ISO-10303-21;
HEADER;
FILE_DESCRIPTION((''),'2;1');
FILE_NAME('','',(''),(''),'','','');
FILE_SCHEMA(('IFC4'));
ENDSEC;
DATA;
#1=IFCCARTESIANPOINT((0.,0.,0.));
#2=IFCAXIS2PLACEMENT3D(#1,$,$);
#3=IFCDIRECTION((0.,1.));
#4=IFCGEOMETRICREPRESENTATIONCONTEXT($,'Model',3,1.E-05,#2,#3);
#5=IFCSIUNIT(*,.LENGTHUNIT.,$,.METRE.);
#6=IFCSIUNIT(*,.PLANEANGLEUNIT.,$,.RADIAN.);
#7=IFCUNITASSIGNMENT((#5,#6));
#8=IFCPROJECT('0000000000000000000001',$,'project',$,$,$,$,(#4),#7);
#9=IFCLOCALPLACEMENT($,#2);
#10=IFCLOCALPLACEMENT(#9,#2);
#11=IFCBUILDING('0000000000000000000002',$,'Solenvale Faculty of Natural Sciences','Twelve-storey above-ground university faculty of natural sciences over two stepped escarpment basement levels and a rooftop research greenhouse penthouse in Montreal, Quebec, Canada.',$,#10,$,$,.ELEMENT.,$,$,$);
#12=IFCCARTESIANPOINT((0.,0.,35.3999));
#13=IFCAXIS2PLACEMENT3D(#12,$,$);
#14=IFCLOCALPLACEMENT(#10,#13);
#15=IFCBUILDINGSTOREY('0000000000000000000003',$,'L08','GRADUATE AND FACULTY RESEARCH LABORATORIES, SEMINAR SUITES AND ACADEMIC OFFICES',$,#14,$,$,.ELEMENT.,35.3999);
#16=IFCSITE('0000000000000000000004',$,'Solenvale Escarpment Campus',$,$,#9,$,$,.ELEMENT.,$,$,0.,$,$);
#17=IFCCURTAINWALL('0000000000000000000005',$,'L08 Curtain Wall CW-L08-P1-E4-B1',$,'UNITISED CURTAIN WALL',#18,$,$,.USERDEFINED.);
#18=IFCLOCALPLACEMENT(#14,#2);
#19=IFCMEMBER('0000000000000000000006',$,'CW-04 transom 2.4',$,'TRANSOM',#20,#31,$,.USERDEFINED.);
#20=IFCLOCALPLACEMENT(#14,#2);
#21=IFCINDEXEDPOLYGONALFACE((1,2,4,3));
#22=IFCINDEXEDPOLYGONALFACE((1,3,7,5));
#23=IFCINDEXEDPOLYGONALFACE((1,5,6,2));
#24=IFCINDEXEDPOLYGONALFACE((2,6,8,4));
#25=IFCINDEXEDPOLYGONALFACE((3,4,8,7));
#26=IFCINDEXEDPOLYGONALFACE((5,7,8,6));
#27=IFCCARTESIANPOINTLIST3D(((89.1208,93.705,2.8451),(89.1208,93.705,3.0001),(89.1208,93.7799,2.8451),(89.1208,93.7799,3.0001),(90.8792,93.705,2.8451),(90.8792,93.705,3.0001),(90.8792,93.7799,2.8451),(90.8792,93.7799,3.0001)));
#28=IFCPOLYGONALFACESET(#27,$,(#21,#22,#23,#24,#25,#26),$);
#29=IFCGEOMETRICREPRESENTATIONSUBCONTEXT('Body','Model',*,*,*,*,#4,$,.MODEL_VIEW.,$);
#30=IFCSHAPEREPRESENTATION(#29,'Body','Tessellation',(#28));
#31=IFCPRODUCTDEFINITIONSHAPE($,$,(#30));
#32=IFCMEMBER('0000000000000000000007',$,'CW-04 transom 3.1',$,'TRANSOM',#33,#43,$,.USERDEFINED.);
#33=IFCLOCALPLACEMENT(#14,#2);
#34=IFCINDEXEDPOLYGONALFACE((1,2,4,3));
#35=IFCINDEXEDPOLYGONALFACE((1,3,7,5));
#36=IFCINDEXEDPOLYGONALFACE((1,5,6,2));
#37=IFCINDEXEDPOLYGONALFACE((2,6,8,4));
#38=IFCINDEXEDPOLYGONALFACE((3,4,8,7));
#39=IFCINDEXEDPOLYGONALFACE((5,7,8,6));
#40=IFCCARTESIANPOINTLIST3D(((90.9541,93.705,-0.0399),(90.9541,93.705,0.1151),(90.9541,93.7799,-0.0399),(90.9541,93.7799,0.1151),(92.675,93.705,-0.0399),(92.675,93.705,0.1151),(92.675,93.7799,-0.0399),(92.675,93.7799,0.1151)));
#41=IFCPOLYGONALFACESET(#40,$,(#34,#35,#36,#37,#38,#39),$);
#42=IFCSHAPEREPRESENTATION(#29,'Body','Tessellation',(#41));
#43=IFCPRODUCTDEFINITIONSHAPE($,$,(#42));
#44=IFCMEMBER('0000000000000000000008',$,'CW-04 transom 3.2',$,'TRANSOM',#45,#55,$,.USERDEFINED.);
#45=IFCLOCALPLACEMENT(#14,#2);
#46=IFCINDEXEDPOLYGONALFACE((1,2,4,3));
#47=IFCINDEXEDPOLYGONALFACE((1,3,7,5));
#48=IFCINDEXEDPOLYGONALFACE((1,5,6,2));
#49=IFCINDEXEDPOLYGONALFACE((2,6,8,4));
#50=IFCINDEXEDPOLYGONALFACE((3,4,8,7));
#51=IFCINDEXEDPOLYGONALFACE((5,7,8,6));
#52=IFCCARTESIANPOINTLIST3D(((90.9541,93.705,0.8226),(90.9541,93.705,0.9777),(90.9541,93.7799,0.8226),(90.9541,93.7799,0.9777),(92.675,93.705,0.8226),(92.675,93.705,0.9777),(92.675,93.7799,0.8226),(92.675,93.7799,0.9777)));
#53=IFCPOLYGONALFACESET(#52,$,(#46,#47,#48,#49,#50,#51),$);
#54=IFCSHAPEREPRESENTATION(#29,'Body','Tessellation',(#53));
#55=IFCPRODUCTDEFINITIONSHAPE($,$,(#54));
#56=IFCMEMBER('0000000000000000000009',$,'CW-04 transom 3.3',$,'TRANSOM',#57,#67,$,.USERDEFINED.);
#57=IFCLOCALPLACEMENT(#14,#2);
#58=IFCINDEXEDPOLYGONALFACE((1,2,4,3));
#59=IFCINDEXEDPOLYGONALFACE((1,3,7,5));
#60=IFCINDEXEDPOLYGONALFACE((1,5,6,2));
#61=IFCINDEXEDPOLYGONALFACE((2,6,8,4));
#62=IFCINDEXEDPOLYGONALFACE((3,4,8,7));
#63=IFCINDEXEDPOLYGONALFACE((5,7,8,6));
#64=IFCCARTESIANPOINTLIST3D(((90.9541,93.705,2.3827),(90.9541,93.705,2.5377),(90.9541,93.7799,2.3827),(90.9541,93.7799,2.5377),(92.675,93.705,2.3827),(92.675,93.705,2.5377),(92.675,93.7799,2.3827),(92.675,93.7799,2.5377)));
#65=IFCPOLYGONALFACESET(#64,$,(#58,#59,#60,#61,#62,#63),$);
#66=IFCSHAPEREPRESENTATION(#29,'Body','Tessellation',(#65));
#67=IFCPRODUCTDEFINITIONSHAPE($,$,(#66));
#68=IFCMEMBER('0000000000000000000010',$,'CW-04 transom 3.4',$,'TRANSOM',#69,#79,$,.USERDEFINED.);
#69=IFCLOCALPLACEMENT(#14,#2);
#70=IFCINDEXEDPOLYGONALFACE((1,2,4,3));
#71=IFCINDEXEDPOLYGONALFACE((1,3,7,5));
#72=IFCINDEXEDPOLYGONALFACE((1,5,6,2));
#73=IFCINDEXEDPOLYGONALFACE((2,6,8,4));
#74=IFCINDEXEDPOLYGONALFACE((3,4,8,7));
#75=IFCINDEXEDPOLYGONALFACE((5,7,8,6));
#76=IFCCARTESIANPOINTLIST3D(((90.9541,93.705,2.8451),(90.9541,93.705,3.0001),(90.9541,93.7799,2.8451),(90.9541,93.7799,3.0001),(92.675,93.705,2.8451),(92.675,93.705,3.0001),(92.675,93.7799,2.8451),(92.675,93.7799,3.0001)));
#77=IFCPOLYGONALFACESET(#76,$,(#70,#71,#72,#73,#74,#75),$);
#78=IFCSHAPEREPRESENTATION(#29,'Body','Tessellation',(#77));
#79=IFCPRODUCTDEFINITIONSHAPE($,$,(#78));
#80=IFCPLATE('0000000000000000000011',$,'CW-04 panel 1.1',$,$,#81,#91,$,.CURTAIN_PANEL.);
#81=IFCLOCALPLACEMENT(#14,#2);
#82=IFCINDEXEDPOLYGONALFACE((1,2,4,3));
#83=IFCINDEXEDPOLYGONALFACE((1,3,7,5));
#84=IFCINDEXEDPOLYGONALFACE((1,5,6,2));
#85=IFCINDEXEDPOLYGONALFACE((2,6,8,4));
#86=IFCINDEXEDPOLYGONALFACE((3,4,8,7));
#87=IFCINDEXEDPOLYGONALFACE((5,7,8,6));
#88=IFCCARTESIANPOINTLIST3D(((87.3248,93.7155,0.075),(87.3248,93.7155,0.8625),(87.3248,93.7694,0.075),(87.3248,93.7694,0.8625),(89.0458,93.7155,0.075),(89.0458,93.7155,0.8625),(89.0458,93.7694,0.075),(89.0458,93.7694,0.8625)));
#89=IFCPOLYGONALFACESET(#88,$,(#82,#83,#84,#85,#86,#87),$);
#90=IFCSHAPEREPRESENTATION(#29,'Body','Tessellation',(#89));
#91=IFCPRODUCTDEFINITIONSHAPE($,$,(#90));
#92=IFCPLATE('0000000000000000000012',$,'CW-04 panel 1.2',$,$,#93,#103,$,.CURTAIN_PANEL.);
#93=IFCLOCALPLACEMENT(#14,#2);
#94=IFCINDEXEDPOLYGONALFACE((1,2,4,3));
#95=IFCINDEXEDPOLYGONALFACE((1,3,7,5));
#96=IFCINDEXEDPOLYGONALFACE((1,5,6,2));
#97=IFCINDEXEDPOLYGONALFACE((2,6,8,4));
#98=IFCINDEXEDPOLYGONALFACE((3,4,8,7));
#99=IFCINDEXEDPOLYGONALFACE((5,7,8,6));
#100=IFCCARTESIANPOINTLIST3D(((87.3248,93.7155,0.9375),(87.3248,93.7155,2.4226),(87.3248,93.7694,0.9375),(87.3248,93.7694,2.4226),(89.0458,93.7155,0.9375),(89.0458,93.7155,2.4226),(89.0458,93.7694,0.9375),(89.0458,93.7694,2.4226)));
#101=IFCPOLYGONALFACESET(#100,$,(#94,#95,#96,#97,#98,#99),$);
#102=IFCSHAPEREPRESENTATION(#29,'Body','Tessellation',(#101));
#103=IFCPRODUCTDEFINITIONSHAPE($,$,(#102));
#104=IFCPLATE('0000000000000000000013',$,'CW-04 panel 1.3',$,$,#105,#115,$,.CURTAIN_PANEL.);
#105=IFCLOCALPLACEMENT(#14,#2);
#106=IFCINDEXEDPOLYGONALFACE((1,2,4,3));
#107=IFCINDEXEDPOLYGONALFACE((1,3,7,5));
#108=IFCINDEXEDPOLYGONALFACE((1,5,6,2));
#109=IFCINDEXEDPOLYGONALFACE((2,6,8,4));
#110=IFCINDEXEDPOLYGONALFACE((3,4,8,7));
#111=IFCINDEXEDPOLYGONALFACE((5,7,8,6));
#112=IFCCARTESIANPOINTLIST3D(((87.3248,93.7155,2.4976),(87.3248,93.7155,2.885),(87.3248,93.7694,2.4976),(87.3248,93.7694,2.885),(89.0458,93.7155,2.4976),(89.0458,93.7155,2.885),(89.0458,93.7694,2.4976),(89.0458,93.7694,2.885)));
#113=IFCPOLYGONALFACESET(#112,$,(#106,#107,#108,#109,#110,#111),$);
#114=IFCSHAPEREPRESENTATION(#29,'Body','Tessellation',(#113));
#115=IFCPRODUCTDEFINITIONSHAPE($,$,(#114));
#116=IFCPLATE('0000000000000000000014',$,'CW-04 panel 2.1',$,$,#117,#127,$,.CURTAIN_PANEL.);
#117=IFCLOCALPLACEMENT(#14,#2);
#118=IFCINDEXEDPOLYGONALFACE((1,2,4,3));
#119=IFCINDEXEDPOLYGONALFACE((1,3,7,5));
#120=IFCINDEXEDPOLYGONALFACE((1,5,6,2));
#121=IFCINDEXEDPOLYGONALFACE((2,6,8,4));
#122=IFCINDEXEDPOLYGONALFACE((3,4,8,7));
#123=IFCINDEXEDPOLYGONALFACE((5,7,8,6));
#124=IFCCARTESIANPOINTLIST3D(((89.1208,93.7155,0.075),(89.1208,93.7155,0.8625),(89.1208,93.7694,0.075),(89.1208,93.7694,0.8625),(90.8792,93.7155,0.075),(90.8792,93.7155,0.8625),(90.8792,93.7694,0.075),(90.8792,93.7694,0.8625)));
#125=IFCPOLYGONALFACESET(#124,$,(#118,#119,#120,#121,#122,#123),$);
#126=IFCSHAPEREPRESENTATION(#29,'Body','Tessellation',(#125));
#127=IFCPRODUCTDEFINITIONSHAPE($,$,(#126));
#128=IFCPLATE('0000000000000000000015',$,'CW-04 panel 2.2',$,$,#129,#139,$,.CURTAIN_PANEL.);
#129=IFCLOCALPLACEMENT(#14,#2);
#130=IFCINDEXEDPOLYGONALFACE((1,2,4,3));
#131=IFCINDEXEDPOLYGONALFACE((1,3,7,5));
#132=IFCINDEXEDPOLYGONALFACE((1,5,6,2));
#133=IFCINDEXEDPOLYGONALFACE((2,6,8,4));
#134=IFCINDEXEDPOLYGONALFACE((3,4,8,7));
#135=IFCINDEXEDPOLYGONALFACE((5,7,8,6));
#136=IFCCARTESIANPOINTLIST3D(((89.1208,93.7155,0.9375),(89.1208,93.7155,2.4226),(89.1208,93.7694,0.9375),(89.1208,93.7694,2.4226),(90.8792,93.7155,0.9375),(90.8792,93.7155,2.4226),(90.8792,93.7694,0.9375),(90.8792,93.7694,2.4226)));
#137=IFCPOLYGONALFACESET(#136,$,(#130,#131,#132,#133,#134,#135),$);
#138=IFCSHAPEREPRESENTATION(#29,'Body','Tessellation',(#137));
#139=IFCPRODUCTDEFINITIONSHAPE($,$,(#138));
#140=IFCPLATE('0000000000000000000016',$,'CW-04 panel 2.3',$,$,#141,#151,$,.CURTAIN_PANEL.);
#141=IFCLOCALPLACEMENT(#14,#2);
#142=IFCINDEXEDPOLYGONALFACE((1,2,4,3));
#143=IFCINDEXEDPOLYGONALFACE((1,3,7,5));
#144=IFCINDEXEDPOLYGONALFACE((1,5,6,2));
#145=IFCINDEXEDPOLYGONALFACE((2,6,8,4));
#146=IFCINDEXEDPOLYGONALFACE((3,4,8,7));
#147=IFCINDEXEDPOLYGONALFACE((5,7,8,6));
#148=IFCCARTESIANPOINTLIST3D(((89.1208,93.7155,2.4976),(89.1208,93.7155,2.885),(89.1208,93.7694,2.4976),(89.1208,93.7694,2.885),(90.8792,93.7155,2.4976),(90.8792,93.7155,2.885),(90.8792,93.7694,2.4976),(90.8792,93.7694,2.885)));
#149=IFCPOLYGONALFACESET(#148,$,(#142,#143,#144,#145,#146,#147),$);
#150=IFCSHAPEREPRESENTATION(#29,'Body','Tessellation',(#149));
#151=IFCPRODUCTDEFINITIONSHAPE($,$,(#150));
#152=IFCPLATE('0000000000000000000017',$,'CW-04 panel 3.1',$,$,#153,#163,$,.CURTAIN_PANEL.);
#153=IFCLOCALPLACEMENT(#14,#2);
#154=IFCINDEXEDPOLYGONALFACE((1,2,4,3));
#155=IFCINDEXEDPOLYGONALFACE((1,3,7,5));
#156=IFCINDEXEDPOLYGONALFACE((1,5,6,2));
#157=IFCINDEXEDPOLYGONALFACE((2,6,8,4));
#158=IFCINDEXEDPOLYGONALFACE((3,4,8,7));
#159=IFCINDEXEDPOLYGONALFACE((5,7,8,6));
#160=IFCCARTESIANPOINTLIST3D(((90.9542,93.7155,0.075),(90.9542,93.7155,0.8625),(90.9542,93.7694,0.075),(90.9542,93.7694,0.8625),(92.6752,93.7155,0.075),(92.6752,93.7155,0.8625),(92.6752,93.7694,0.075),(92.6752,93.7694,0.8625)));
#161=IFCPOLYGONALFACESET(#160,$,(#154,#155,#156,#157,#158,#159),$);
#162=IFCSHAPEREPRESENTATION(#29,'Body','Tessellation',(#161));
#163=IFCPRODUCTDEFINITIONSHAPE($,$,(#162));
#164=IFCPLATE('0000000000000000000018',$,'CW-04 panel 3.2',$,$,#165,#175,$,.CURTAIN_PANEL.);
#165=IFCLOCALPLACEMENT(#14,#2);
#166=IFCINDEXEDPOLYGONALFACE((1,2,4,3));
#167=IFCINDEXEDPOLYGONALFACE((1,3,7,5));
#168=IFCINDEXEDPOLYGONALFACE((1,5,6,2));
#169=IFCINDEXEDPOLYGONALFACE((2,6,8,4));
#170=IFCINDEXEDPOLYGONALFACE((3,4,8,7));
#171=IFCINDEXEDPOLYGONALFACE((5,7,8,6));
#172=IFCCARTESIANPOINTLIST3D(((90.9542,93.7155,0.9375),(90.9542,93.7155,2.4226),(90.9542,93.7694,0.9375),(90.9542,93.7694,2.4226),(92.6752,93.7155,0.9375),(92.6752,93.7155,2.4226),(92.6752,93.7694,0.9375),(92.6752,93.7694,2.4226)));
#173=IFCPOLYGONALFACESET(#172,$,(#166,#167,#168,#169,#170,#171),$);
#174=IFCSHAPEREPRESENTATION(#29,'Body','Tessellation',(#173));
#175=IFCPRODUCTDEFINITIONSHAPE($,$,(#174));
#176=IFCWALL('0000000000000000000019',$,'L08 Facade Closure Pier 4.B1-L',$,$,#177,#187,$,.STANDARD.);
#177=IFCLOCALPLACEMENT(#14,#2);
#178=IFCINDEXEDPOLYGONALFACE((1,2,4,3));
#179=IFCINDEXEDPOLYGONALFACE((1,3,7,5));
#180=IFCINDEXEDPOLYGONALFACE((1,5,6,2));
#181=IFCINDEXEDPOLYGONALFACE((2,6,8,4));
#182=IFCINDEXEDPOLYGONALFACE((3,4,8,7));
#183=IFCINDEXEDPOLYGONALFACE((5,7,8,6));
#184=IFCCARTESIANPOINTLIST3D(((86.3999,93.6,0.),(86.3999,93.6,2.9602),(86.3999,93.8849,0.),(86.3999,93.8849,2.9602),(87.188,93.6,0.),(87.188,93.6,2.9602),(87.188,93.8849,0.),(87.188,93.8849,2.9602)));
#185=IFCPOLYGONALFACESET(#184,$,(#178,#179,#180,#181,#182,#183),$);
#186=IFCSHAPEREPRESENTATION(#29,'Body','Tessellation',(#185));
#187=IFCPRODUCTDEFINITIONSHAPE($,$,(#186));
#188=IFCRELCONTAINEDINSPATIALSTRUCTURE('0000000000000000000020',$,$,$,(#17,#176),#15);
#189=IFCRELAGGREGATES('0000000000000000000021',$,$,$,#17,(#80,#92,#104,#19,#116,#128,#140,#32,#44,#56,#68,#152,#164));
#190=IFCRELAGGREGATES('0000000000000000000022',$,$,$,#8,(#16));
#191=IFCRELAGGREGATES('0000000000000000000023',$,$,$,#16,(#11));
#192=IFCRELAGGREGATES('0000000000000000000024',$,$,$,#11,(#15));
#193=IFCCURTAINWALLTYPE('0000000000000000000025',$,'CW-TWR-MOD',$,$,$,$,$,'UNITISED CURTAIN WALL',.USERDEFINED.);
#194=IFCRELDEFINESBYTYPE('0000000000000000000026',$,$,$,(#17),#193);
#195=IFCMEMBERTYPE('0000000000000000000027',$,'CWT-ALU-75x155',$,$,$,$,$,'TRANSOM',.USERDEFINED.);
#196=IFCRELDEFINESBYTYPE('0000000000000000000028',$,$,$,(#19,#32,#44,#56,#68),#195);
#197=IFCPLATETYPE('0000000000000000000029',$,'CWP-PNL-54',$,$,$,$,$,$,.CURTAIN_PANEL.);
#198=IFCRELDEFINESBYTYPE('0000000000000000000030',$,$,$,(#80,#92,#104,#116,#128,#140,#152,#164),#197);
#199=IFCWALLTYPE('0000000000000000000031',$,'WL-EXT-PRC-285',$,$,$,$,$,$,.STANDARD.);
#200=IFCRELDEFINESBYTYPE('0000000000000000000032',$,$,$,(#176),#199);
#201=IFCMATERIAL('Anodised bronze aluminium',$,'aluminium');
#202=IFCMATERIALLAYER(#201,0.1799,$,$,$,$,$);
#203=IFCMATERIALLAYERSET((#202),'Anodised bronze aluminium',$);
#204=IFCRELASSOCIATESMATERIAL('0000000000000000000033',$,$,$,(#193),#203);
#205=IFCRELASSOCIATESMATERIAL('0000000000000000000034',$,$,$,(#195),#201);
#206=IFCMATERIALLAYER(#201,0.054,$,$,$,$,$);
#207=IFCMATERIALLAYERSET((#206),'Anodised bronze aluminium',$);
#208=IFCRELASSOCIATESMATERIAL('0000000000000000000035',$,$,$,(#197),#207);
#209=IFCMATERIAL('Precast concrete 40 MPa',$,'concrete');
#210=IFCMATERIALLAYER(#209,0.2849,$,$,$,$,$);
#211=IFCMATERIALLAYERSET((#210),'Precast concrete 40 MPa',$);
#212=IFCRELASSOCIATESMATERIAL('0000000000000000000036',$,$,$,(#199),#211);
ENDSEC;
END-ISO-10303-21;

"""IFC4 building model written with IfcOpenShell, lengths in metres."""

from ifc_helpers import new_model, si_unit, direction, frame, frame_2d, origin, origin_2d, place, context, subcontext, project, spatial, rectangle, extrude, material, layer, layer_set, material_profile, profile_set, type_object, element, aggregate, save


model = new_model("IFC4")

# Units and contexts
model_context = context("Model", 3, precision=1e-05, world=origin(), true_north=direction((0.0, 1.0)))
body_context = subcontext(model_context, "Body", "Model", "MODEL_VIEW")
ifc_project = project(units=[si_unit("LENGTHUNIT", "METRE"), si_unit("PLANEANGLEUNIT", "RADIAN")], contexts=[model_context])

# Site, building, storey
site_placement = place(None, origin())
site = spatial("IfcSite", under=ifc_project, at=site_placement, Name="Solenvale Escarpment Campus", CompositionType="ELEMENT", RefElevation=0.0)
building_placement = place(site_placement, origin())
building = spatial("IfcBuilding", under=site, at=building_placement, Name="Solenvale Faculty of Natural Sciences", Description="Twelve-storey above-ground university faculty of natural sciences over two stepped escarpment basement levels and a rooftop research greenhouse penthouse in Montreal, Quebec, Canada.", CompositionType="ELEMENT")
storey_placement = place(building_placement, frame((0.0, 0.0, 35.3999)))
storey = spatial("IfcBuildingStorey", under=building, at=storey_placement, Name="L08", Description="GRADUATE AND FACULTY RESEARCH LABORATORIES, SEMINAR SUITES AND ACADEMIC OFFICES", CompositionType="ELEMENT", Elevation=35.3999)

# Curtain wall, members, plates
ifc_material_1 = material(Name="Anodised bronze aluminium", Category="aluminium")
ifc_layer_1 = layer(ifc_material_1, 0.1799)
ifc_layer_set_1 = layer_set([ifc_layer_1], Name="Anodised bronze aluminium")
curtain_wall_type = type_object("IfcCurtainWallType", Name="CW-TWR-MOD", ElementType="UNITISED CURTAIN WALL", PredefinedType="USERDEFINED", material=ifc_layer_set_1)
curtain_wall_placement = place(storey_placement, origin())
curtain_wall = element("IfcCurtainWall", 1, at=curtain_wall_placement, inside=storey, type_object=curtain_wall_type, Name="L08 Curtain Wall CW-L08-P1-E4-B1", ObjectType="UNITISED CURTAIN WALL", PredefinedType="USERDEFINED")
ifc_material_profile_1 = material_profile(ifc_material_1, rectangle(XDim=0.075, YDim=0.155, at=origin_2d()), Name="ALU-TRN-75x155")
ifc_profile_set_1 = profile_set([ifc_material_profile_1], Name="Anodised bronze aluminium")
member_type_1 = type_object("IfcMemberType", Name="CWT-ALU-75x155", ElementType="TRANSOM", PredefinedType="USERDEFINED", material=ifc_profile_set_1)
member_1_placement = place(storey_placement, frame((89.1208, 93.7424, 2.9226), z_axis=(1.0, 0.0, 0.0), x_axis=(0.0, 1.0, 0.0)))
member_1 = element("IfcMember", 2, at=member_1_placement, type_object=member_type_1, Name="CW-04 transom 2.4", ObjectType="TRANSOM", PredefinedType="USERDEFINED", context=body_context, shape_type="SweptSolid", body=[
    extrude(rectangle(XDim=0.075, YDim=0.155, at=origin_2d()), origin(), (0.0, 0.0, 1.0), 1.7583),
])
member_2_placement = place(storey_placement, frame((90.9541, 93.7424, 0.0376), z_axis=(1.0, 0.0, 0.0), x_axis=(0.0, 1.0, 0.0)))
member_2 = element("IfcMember", 3, at=member_2_placement, type_object=member_type_1, Name="CW-04 transom 3.1", ObjectType="TRANSOM", PredefinedType="USERDEFINED", context=body_context, shape_type="SweptSolid", body=[
    extrude(rectangle(XDim=0.075, YDim=0.155, at=origin_2d()), origin(), (0.0, 0.0, 1.0), 1.7209),
])
member_3_placement = place(storey_placement, frame((90.9541, 93.7424, 0.9001), z_axis=(1.0, 0.0, 0.0), x_axis=(0.0, 1.0, 0.0)))
member_3 = element("IfcMember", 4, at=member_3_placement, type_object=member_type_1, Name="CW-04 transom 3.2", ObjectType="TRANSOM", PredefinedType="USERDEFINED", context=body_context, shape_type="SweptSolid", body=[
    extrude(rectangle(XDim=0.075, YDim=0.155, at=origin_2d()), origin(), (0.0, 0.0, 1.0), 1.7209),
])
member_4_placement = place(storey_placement, frame((90.9541, 93.7424, 2.4602), z_axis=(1.0, 0.0, 0.0), x_axis=(0.0, 1.0, 0.0)))
member_4 = element("IfcMember", 5, at=member_4_placement, type_object=member_type_1, Name="CW-04 transom 3.3", ObjectType="TRANSOM", PredefinedType="USERDEFINED", context=body_context, shape_type="SweptSolid", body=[
    extrude(rectangle(XDim=0.075, YDim=0.155, at=origin_2d()), origin(), (0.0, 0.0, 1.0), 1.7209),
])
member_5_placement = place(storey_placement, frame((90.9541, 93.7424, 2.9226), z_axis=(1.0, 0.0, 0.0), x_axis=(0.0, 1.0, 0.0)))
member_5 = element("IfcMember", 6, at=member_5_placement, type_object=member_type_1, Name="CW-04 transom 3.4", ObjectType="TRANSOM", PredefinedType="USERDEFINED", context=body_context, shape_type="SweptSolid", body=[
    extrude(rectangle(XDim=0.075, YDim=0.155, at=origin_2d()), origin(), (0.0, 0.0, 1.0), 1.7209),
])
ifc_layer_2 = layer(ifc_material_1, 0.054)
ifc_layer_set_2 = layer_set([ifc_layer_2], Name="Anodised bronze aluminium")
plate_type = type_object("IfcPlateType", Name="CWP-PNL-54", PredefinedType="CURTAIN_PANEL", material=ifc_layer_set_2)
plate_1_placement = place(storey_placement, frame((88.1853, 93.7424, 0.075), z_axis=(0.0, 0.0, 1.0), x_axis=(1.0, 0.0, 0.0)))
plate_1 = element("IfcPlate", 7, at=plate_1_placement, type_object=plate_type, Name="CW-04 panel 1.1", PredefinedType="CURTAIN_PANEL", context=body_context, shape_type="SweptSolid", body=[
    extrude(rectangle(XDim=1.7209, YDim=0.054, at=origin_2d()), origin(), (0.0, 0.0, 1.0), 0.7876),
])
plate_2_placement = place(storey_placement, frame((88.1853, 93.7424, 0.9375), z_axis=(0.0, 0.0, 1.0), x_axis=(1.0, 0.0, 0.0)))
plate_2 = element("IfcPlate", 8, at=plate_2_placement, type_object=plate_type, Name="CW-04 panel 1.2", PredefinedType="CURTAIN_PANEL", context=body_context, shape_type="SweptSolid", body=[
    extrude(rectangle(XDim=1.7209, YDim=0.054, at=origin_2d()), origin(), (0.0, 0.0, 1.0), 1.4851),
])
plate_3_placement = place(storey_placement, frame((88.1853, 93.7424, 2.4976), z_axis=(0.0, 0.0, 1.0), x_axis=(1.0, 0.0, 0.0)))
plate_3 = element("IfcPlate", 9, at=plate_3_placement, type_object=plate_type, Name="CW-04 panel 1.3", PredefinedType="CURTAIN_PANEL", context=body_context, shape_type="SweptSolid", body=[
    extrude(rectangle(XDim=1.7209, YDim=0.054, at=origin_2d()), origin(), (0.0, 0.0, 1.0), 0.3875),
])
plate_4_placement = place(storey_placement, frame((90.0, 93.7424, 0.075), z_axis=(0.0, 0.0, 1.0), x_axis=(1.0, 0.0, 0.0)))
plate_4 = element("IfcPlate", 10, at=plate_4_placement, type_object=plate_type, Name="CW-04 panel 2.1", PredefinedType="CURTAIN_PANEL", context=body_context, shape_type="SweptSolid", body=[
    extrude(rectangle(XDim=1.7583, YDim=0.054, at=origin_2d()), origin(), (0.0, 0.0, 1.0), 0.7876),
])
plate_5_placement = place(storey_placement, frame((90.0, 93.7424, 0.9375), z_axis=(0.0, 0.0, 1.0), x_axis=(1.0, 0.0, 0.0)))
plate_5 = element("IfcPlate", 11, at=plate_5_placement, type_object=plate_type, Name="CW-04 panel 2.2", PredefinedType="CURTAIN_PANEL", context=body_context, shape_type="SweptSolid", body=[
    extrude(rectangle(XDim=1.7583, YDim=0.054, at=origin_2d()), origin(), (0.0, 0.0, 1.0), 1.4851),
])
plate_6_placement = place(storey_placement, frame((90.0, 93.7424, 2.4976), z_axis=(0.0, 0.0, 1.0), x_axis=(1.0, 0.0, 0.0)))
plate_6 = element("IfcPlate", 12, at=plate_6_placement, type_object=plate_type, Name="CW-04 panel 2.3", PredefinedType="CURTAIN_PANEL", context=body_context, shape_type="SweptSolid", body=[
    extrude(rectangle(XDim=1.7583, YDim=0.054, at=origin_2d()), origin(), (0.0, 0.0, 1.0), 0.3875),
])
plate_7_placement = place(storey_placement, frame((91.8147, 93.7424, 0.075), z_axis=(0.0, 0.0, 1.0), x_axis=(1.0, 0.0, 0.0)))
plate_7 = element("IfcPlate", 13, at=plate_7_placement, type_object=plate_type, Name="CW-04 panel 3.1", PredefinedType="CURTAIN_PANEL", context=body_context, shape_type="SweptSolid", body=[
    extrude(rectangle(XDim=1.7209, YDim=0.054, at=origin_2d()), origin(), (0.0, 0.0, 1.0), 0.7876),
])
plate_8_placement = place(storey_placement, frame((91.8147, 93.7424, 0.9375), z_axis=(0.0, 0.0, 1.0), x_axis=(1.0, 0.0, 0.0)))
plate_8 = element("IfcPlate", 14, at=plate_8_placement, type_object=plate_type, Name="CW-04 panel 3.2", PredefinedType="CURTAIN_PANEL", context=body_context, shape_type="SweptSolid", body=[
    extrude(rectangle(XDim=1.7209, YDim=0.054, at=origin_2d()), origin(), (0.0, 0.0, 1.0), 1.4851),
])
aggregate(curtain_wall, [plate_1, plate_2, plate_3, member_1, plate_4, plate_5, plate_6, member_2, member_3, member_4, member_5, plate_7, plate_8])

# Wall
ifc_material_2 = material(Name="Precast concrete 40 MPa", Category="concrete")
ifc_layer_3 = layer(ifc_material_2, 0.2849)
ifc_layer_set_3 = layer_set([ifc_layer_3], Name="Precast concrete 40 MPa")
wall_type_1 = type_object("IfcWallType", Name="WL-EXT-PRC-285", PredefinedType="STANDARD", material=ifc_layer_set_3)
wall_1_placement = place(storey_placement, frame((86.3999, 93.7424, 0.0), z_axis=(0.0, 0.0, 1.0), x_axis=(1.0, 0.0, 0.0)))
element("IfcWall", 15, at=wall_1_placement, inside=storey, type_object=wall_type_1, Name="L08 Facade Closure Pier 4.B1-L", PredefinedType="STANDARD", context=body_context, shape_type="SweptSolid", body=[
    extrude(rectangle(XDim=0.7881, YDim=0.2849, at=frame_2d((0.394, 0.0))), origin(), (0.0, 0.0, 1.0), 2.9602),
])

save(model, "model.ifc")
